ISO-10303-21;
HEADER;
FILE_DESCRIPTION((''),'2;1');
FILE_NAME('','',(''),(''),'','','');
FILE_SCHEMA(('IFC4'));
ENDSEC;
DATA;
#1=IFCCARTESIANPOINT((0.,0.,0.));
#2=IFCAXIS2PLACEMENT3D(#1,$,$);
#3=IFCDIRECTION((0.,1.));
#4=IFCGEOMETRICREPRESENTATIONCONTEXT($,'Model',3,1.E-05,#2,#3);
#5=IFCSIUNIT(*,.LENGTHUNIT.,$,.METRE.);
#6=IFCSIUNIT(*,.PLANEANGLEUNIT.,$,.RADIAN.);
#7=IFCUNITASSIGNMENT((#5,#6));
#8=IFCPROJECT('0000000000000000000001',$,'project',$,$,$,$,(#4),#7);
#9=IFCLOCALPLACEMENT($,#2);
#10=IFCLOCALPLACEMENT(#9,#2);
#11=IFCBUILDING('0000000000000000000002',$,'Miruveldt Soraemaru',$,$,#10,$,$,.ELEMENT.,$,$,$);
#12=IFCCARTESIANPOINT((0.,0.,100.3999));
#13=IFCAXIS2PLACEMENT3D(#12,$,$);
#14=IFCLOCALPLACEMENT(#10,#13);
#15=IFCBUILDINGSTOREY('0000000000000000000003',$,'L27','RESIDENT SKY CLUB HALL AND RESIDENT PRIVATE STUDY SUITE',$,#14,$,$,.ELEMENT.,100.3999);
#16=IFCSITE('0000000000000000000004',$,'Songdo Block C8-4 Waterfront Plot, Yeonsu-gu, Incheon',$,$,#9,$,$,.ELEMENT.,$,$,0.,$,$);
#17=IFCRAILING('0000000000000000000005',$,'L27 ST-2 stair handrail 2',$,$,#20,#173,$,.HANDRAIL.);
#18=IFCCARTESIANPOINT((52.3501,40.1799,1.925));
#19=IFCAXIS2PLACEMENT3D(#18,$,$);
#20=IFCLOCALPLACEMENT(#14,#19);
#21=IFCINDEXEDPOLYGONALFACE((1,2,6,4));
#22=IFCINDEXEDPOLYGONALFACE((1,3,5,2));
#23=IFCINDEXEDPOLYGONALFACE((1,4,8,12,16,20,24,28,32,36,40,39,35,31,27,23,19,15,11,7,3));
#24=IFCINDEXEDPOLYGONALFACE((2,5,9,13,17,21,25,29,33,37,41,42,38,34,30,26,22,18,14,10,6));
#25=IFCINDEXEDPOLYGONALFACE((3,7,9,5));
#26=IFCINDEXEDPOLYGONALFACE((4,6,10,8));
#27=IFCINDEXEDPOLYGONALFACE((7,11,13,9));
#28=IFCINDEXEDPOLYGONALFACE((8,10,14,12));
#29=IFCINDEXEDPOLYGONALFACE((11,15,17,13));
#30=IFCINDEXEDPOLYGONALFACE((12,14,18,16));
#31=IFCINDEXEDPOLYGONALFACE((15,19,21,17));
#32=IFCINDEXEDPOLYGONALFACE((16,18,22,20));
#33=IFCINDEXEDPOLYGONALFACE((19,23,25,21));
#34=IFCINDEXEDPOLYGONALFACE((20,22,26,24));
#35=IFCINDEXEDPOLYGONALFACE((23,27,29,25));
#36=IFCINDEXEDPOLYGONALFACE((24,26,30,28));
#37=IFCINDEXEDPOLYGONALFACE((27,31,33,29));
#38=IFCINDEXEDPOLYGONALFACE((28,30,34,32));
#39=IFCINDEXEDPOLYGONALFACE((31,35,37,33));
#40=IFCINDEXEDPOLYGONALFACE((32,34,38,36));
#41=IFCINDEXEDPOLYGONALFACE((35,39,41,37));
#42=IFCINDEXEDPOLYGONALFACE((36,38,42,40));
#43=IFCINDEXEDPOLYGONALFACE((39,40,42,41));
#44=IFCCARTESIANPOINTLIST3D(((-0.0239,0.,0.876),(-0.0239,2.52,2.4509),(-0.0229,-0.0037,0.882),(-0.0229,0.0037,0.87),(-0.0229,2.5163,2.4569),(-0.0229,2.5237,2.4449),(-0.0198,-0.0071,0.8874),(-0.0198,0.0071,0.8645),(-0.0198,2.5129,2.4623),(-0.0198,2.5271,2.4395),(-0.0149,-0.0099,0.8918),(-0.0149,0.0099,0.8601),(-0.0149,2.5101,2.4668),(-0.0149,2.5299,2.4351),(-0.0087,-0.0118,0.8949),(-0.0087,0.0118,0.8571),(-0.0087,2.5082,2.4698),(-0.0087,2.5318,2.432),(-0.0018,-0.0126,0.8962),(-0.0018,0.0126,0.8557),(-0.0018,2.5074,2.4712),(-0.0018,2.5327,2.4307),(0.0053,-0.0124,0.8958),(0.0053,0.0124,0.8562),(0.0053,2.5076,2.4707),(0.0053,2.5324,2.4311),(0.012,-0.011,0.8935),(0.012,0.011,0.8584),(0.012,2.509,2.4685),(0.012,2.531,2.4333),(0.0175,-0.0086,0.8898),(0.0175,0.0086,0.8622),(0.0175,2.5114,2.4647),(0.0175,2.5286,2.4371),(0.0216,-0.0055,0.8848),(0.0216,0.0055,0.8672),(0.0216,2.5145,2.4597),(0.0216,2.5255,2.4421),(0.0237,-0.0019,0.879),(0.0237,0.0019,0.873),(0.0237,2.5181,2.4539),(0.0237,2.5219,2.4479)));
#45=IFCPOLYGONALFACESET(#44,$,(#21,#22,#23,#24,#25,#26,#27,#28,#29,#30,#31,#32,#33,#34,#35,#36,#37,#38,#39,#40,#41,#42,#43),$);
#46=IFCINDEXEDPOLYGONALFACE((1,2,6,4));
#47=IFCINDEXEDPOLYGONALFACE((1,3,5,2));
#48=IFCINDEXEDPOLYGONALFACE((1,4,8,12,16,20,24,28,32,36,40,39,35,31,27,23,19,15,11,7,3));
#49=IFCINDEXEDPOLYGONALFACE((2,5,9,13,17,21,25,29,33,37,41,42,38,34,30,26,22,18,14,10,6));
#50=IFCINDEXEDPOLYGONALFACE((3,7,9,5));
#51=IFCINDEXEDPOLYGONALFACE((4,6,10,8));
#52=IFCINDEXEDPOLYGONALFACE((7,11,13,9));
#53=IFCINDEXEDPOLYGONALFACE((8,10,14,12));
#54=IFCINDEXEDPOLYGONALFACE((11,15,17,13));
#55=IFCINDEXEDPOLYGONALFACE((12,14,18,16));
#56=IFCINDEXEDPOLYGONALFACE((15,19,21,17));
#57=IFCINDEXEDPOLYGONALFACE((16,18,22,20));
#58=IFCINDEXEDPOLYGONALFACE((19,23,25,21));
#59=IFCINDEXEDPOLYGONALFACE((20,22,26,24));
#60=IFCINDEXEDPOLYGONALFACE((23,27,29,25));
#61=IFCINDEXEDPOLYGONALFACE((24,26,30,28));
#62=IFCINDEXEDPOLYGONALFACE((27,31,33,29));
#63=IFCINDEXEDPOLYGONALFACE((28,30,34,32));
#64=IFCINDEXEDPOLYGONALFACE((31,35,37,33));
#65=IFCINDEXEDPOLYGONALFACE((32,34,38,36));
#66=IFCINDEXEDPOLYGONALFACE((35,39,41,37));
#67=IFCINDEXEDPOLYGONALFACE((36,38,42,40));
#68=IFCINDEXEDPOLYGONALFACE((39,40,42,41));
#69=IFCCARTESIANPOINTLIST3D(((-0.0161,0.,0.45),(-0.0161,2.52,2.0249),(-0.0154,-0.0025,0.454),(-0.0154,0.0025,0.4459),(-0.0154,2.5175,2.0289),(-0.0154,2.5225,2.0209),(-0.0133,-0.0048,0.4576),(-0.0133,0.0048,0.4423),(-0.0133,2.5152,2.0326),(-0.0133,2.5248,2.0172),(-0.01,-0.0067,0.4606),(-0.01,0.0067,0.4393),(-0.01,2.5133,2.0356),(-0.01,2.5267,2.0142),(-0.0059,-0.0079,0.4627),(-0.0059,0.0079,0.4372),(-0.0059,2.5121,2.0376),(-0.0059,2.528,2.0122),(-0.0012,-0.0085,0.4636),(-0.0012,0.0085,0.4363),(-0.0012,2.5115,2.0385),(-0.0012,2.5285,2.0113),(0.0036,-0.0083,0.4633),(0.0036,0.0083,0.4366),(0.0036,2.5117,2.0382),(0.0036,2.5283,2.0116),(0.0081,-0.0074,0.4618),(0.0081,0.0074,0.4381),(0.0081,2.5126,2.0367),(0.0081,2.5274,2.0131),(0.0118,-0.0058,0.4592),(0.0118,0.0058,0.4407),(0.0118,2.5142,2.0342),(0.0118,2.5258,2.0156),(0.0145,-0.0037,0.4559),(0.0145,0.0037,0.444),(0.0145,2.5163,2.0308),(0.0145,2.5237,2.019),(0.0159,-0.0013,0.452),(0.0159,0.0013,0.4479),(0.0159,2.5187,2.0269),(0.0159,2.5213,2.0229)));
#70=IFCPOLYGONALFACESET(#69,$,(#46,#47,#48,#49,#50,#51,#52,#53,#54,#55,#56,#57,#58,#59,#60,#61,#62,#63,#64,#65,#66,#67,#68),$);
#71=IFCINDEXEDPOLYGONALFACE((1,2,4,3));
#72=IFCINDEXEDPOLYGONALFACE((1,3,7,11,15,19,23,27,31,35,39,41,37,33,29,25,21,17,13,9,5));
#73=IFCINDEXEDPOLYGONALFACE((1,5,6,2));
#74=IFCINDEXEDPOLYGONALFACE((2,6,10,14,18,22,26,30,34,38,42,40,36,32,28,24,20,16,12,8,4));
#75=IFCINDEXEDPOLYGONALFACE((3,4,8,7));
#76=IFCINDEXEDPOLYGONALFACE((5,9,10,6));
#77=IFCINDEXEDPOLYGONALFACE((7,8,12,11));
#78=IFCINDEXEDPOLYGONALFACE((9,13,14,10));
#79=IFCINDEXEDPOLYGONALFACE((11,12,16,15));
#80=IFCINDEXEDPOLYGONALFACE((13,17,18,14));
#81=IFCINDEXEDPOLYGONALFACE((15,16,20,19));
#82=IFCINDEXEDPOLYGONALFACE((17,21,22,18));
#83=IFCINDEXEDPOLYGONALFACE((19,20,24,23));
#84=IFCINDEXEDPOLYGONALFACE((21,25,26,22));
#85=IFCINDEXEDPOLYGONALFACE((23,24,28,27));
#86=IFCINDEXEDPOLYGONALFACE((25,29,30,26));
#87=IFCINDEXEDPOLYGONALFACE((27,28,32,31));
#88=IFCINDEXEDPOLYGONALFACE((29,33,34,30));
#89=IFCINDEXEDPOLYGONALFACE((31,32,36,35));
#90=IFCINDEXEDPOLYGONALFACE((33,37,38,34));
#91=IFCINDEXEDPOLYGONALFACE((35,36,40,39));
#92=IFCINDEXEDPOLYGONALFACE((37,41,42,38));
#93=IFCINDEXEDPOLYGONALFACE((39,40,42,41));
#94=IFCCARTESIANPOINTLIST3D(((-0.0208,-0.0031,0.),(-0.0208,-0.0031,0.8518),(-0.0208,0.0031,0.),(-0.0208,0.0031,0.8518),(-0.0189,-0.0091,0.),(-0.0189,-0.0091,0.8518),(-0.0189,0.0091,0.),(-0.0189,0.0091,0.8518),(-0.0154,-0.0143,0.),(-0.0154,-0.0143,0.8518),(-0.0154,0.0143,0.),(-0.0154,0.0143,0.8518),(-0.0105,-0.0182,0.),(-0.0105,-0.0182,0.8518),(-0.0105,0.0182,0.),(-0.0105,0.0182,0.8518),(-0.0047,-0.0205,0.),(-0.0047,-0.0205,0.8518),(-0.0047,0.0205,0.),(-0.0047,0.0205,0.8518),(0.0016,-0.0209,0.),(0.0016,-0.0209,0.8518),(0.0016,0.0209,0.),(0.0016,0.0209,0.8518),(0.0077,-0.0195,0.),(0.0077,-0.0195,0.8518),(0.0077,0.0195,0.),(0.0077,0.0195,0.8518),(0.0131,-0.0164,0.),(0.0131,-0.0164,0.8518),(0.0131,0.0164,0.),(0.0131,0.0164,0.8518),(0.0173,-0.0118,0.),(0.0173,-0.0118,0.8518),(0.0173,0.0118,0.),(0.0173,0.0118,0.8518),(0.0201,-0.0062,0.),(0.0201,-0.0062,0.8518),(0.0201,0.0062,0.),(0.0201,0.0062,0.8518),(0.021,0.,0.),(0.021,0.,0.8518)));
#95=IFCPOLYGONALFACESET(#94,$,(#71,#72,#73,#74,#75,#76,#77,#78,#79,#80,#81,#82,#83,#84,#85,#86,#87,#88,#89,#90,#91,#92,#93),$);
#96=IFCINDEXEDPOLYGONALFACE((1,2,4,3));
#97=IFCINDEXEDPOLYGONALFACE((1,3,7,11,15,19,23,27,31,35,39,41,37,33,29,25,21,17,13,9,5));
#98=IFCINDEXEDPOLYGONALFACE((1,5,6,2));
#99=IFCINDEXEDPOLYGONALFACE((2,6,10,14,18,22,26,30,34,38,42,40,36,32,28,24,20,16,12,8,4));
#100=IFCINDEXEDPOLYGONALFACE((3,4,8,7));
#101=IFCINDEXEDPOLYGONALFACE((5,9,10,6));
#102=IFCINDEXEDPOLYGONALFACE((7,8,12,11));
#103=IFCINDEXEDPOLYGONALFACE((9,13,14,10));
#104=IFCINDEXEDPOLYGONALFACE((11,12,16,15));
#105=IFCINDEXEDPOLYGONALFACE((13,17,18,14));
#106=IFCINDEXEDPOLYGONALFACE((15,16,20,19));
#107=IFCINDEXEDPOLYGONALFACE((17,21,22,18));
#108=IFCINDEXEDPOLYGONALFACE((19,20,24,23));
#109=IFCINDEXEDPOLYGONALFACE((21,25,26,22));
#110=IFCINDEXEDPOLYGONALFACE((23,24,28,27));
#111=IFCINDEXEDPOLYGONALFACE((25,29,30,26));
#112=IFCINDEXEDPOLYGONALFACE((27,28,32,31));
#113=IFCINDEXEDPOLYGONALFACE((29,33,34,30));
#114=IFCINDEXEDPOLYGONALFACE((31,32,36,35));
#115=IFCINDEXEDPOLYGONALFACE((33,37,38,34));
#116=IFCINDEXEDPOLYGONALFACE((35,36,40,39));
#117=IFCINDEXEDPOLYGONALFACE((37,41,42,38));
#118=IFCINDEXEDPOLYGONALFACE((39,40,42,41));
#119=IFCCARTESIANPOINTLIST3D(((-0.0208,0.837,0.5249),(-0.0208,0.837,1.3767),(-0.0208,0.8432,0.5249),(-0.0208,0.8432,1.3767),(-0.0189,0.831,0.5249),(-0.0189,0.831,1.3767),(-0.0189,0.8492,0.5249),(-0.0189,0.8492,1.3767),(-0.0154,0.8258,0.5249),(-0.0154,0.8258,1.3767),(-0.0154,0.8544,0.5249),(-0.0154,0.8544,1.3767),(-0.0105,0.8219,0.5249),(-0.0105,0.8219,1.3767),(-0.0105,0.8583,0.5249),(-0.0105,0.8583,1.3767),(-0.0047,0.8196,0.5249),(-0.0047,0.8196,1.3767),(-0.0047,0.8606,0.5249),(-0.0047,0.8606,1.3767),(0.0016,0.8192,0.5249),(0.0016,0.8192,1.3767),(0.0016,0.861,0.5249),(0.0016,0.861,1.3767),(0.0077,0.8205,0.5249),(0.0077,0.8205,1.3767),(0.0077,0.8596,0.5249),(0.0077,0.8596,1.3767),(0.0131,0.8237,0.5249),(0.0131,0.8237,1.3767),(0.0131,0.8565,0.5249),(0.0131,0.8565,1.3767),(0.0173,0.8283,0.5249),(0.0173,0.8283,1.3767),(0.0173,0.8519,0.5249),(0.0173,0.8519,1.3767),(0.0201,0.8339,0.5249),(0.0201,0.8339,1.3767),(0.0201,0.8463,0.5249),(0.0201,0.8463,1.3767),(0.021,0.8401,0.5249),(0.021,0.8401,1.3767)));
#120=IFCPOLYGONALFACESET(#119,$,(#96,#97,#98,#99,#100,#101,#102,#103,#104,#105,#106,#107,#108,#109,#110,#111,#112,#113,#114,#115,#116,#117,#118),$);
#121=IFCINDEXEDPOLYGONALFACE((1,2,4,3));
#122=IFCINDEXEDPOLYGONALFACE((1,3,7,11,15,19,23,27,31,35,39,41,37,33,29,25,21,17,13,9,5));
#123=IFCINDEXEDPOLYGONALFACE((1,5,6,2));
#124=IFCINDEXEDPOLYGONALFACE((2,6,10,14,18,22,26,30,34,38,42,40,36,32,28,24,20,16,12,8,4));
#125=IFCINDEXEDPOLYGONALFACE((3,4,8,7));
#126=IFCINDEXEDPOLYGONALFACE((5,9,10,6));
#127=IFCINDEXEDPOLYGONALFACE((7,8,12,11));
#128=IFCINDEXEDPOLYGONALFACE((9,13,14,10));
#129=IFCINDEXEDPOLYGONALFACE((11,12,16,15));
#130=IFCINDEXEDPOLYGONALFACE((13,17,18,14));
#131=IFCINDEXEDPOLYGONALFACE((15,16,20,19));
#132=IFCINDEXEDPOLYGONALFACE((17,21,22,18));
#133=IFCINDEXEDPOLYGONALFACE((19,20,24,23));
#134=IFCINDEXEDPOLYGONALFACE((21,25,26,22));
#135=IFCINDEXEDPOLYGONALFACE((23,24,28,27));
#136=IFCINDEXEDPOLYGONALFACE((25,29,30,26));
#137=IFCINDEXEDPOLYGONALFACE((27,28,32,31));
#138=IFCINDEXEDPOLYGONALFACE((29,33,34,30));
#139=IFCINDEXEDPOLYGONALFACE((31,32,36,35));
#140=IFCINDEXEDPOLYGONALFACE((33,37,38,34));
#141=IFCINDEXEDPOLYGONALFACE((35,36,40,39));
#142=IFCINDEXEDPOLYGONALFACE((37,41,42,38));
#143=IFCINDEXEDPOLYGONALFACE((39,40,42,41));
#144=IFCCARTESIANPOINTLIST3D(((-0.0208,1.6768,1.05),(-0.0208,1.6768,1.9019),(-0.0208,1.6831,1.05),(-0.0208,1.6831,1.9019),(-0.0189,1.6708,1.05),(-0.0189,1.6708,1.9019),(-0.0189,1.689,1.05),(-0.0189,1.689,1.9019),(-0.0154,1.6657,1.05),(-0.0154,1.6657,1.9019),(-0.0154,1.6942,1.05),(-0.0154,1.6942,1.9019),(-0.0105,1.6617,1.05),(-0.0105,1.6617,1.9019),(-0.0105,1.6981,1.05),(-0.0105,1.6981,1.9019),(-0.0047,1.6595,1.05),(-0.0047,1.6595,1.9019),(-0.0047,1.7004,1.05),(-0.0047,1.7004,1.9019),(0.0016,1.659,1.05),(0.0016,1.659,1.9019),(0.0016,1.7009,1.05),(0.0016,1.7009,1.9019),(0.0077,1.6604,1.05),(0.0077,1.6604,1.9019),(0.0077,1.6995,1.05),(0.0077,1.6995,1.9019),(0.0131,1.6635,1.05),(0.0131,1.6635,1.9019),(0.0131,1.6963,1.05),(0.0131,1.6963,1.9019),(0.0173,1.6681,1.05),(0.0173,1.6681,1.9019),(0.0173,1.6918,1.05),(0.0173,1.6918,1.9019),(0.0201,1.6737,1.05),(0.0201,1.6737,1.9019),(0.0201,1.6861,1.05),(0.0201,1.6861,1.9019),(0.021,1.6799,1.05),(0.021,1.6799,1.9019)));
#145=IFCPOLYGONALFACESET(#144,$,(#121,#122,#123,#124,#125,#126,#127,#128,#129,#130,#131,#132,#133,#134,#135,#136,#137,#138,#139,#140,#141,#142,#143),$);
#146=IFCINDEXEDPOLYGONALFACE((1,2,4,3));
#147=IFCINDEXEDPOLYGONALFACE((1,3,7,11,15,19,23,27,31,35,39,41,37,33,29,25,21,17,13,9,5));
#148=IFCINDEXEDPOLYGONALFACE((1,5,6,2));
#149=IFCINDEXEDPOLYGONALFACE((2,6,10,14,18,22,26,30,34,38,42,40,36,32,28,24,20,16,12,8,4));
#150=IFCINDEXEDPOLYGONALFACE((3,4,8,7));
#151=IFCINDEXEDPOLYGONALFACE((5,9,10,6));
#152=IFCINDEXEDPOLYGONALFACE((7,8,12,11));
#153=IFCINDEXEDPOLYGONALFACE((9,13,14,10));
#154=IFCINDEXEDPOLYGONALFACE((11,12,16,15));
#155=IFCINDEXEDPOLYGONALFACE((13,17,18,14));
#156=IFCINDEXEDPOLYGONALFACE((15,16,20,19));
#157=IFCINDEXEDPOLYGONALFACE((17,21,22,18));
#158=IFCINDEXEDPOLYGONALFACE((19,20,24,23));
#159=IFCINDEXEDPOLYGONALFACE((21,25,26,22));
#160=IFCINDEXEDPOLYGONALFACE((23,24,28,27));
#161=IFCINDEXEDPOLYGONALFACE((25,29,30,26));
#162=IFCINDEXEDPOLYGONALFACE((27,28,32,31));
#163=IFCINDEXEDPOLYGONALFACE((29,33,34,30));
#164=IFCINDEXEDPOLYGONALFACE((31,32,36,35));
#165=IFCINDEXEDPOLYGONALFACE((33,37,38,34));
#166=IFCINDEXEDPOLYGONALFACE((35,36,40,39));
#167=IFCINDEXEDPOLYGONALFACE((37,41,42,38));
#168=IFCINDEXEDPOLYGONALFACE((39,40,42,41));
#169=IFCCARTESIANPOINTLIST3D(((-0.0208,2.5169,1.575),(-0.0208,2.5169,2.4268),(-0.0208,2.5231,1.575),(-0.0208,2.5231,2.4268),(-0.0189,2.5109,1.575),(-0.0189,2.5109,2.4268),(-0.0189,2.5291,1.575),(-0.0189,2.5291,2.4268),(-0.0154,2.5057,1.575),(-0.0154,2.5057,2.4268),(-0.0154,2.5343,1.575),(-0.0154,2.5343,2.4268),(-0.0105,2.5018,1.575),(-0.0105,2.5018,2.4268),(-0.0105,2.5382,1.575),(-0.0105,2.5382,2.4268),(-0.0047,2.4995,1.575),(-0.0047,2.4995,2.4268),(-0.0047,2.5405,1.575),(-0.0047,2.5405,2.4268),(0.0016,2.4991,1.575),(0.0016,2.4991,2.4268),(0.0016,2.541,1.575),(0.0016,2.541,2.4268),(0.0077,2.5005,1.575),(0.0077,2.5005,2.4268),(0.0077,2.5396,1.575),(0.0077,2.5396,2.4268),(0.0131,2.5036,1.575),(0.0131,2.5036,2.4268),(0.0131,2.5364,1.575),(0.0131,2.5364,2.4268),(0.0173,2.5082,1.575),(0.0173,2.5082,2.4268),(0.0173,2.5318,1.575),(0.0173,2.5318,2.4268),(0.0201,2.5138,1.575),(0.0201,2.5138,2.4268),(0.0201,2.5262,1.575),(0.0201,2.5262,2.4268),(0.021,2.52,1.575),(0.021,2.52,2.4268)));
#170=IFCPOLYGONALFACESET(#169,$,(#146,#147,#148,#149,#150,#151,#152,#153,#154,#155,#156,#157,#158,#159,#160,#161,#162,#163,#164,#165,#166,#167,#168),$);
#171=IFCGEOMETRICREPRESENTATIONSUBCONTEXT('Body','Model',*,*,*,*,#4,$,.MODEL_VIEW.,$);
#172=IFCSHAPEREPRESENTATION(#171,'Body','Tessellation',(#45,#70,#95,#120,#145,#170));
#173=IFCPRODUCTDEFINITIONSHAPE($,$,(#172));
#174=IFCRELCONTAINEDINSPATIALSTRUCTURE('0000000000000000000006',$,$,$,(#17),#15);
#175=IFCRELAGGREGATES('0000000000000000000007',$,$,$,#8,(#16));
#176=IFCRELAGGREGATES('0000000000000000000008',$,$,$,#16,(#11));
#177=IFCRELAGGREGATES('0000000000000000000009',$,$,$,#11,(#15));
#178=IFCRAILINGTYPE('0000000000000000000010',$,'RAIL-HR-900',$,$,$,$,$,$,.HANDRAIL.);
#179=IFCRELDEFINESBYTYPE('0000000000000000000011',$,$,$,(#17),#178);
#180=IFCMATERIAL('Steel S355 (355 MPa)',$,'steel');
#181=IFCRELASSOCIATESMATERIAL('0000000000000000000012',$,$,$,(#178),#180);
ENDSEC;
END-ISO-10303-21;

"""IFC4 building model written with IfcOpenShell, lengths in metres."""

from ifc_helpers import new_model, si_unit, direction, frame, origin, origin_2d, place, context, subcontext, project, spatial, circle, extrude, material, type_object, element, save


model = new_model("IFC4")

# Units and contexts
model_context = context("Model", 3, precision=1e-05, world=origin(), true_north=direction((0.0, 1.0)))
body_context = subcontext(model_context, "Body", "Model", "MODEL_VIEW")
ifc_project = project(units=[si_unit("LENGTHUNIT", "METRE"), si_unit("PLANEANGLEUNIT", "RADIAN")], contexts=[model_context])

# Site, building, storey
site_placement = place(None, origin())
site = spatial("IfcSite", under=ifc_project, at=site_placement, Name="Songdo Block C8-4 Waterfront Plot, Yeonsu-gu, Incheon", CompositionType="ELEMENT", RefElevation=0.0)
building_placement = place(site_placement, origin())
building = spatial("IfcBuilding", under=site, at=building_placement, Name="Miruveldt Soraemaru", CompositionType="ELEMENT")
storey_placement = place(building_placement, frame((0.0, 0.0, 100.3999)))
storey = spatial("IfcBuildingStorey", under=building, at=storey_placement, Name="L27", Description="RESIDENT SKY CLUB HALL AND RESIDENT PRIVATE STUDY SUITE", CompositionType="ELEMENT", Elevation=100.3999)

# Railing
ifc_material_1 = material(Name="Steel S355 (355 MPa)", Category="steel")
railing_type_1 = type_object("IfcRailingType", Name="RAIL-HR-900", PredefinedType="HANDRAIL", material=ifc_material_1)
railing_1_placement = place(storey_placement, frame((52.3501, 40.1799, 1.925)))
element("IfcRailing", 1, at=railing_1_placement, inside=storey, type_object=railing_type_1, Name="L27 ST-2 stair handrail 2", PredefinedType="HANDRAIL", context=body_context, shape_type="SweptSolid", body=[
    extrude(circle(Radius=0.0239, at=origin_2d()), frame((0.0, 0.0, 0.876), z_axis=(0.0, 0.848008, 0.529984), x_axis=(-1.0, 0.0, 0.0)), (0.0, 0.0, 1.0), 2.9717),
    extrude(circle(Radius=0.0161, at=origin_2d()), frame((0.0, 0.0, 0.45), z_axis=(0.0, 0.848008, 0.529984), x_axis=(-1.0, 0.0, 0.0)), (0.0, 0.0, 1.0), 2.9717),
    extrude(circle(Radius=0.021, at=origin_2d()), origin(), (0.0, 0.0, 1.0), 0.8518),
    extrude(circle(Radius=0.021, at=origin_2d()), frame((0.0, 0.8401, 0.5249)), (0.0, 0.0, 1.0), 0.8518),
    extrude(circle(Radius=0.021, at=origin_2d()), frame((0.0, 1.6799, 1.05)), (0.0, 0.0, 1.0), 0.8518),
    extrude(circle(Radius=0.021, at=origin_2d()), frame((0.0, 2.52, 1.575)), (0.0, 0.0, 1.0), 0.8518),
])

save(model, "model.ifc")
